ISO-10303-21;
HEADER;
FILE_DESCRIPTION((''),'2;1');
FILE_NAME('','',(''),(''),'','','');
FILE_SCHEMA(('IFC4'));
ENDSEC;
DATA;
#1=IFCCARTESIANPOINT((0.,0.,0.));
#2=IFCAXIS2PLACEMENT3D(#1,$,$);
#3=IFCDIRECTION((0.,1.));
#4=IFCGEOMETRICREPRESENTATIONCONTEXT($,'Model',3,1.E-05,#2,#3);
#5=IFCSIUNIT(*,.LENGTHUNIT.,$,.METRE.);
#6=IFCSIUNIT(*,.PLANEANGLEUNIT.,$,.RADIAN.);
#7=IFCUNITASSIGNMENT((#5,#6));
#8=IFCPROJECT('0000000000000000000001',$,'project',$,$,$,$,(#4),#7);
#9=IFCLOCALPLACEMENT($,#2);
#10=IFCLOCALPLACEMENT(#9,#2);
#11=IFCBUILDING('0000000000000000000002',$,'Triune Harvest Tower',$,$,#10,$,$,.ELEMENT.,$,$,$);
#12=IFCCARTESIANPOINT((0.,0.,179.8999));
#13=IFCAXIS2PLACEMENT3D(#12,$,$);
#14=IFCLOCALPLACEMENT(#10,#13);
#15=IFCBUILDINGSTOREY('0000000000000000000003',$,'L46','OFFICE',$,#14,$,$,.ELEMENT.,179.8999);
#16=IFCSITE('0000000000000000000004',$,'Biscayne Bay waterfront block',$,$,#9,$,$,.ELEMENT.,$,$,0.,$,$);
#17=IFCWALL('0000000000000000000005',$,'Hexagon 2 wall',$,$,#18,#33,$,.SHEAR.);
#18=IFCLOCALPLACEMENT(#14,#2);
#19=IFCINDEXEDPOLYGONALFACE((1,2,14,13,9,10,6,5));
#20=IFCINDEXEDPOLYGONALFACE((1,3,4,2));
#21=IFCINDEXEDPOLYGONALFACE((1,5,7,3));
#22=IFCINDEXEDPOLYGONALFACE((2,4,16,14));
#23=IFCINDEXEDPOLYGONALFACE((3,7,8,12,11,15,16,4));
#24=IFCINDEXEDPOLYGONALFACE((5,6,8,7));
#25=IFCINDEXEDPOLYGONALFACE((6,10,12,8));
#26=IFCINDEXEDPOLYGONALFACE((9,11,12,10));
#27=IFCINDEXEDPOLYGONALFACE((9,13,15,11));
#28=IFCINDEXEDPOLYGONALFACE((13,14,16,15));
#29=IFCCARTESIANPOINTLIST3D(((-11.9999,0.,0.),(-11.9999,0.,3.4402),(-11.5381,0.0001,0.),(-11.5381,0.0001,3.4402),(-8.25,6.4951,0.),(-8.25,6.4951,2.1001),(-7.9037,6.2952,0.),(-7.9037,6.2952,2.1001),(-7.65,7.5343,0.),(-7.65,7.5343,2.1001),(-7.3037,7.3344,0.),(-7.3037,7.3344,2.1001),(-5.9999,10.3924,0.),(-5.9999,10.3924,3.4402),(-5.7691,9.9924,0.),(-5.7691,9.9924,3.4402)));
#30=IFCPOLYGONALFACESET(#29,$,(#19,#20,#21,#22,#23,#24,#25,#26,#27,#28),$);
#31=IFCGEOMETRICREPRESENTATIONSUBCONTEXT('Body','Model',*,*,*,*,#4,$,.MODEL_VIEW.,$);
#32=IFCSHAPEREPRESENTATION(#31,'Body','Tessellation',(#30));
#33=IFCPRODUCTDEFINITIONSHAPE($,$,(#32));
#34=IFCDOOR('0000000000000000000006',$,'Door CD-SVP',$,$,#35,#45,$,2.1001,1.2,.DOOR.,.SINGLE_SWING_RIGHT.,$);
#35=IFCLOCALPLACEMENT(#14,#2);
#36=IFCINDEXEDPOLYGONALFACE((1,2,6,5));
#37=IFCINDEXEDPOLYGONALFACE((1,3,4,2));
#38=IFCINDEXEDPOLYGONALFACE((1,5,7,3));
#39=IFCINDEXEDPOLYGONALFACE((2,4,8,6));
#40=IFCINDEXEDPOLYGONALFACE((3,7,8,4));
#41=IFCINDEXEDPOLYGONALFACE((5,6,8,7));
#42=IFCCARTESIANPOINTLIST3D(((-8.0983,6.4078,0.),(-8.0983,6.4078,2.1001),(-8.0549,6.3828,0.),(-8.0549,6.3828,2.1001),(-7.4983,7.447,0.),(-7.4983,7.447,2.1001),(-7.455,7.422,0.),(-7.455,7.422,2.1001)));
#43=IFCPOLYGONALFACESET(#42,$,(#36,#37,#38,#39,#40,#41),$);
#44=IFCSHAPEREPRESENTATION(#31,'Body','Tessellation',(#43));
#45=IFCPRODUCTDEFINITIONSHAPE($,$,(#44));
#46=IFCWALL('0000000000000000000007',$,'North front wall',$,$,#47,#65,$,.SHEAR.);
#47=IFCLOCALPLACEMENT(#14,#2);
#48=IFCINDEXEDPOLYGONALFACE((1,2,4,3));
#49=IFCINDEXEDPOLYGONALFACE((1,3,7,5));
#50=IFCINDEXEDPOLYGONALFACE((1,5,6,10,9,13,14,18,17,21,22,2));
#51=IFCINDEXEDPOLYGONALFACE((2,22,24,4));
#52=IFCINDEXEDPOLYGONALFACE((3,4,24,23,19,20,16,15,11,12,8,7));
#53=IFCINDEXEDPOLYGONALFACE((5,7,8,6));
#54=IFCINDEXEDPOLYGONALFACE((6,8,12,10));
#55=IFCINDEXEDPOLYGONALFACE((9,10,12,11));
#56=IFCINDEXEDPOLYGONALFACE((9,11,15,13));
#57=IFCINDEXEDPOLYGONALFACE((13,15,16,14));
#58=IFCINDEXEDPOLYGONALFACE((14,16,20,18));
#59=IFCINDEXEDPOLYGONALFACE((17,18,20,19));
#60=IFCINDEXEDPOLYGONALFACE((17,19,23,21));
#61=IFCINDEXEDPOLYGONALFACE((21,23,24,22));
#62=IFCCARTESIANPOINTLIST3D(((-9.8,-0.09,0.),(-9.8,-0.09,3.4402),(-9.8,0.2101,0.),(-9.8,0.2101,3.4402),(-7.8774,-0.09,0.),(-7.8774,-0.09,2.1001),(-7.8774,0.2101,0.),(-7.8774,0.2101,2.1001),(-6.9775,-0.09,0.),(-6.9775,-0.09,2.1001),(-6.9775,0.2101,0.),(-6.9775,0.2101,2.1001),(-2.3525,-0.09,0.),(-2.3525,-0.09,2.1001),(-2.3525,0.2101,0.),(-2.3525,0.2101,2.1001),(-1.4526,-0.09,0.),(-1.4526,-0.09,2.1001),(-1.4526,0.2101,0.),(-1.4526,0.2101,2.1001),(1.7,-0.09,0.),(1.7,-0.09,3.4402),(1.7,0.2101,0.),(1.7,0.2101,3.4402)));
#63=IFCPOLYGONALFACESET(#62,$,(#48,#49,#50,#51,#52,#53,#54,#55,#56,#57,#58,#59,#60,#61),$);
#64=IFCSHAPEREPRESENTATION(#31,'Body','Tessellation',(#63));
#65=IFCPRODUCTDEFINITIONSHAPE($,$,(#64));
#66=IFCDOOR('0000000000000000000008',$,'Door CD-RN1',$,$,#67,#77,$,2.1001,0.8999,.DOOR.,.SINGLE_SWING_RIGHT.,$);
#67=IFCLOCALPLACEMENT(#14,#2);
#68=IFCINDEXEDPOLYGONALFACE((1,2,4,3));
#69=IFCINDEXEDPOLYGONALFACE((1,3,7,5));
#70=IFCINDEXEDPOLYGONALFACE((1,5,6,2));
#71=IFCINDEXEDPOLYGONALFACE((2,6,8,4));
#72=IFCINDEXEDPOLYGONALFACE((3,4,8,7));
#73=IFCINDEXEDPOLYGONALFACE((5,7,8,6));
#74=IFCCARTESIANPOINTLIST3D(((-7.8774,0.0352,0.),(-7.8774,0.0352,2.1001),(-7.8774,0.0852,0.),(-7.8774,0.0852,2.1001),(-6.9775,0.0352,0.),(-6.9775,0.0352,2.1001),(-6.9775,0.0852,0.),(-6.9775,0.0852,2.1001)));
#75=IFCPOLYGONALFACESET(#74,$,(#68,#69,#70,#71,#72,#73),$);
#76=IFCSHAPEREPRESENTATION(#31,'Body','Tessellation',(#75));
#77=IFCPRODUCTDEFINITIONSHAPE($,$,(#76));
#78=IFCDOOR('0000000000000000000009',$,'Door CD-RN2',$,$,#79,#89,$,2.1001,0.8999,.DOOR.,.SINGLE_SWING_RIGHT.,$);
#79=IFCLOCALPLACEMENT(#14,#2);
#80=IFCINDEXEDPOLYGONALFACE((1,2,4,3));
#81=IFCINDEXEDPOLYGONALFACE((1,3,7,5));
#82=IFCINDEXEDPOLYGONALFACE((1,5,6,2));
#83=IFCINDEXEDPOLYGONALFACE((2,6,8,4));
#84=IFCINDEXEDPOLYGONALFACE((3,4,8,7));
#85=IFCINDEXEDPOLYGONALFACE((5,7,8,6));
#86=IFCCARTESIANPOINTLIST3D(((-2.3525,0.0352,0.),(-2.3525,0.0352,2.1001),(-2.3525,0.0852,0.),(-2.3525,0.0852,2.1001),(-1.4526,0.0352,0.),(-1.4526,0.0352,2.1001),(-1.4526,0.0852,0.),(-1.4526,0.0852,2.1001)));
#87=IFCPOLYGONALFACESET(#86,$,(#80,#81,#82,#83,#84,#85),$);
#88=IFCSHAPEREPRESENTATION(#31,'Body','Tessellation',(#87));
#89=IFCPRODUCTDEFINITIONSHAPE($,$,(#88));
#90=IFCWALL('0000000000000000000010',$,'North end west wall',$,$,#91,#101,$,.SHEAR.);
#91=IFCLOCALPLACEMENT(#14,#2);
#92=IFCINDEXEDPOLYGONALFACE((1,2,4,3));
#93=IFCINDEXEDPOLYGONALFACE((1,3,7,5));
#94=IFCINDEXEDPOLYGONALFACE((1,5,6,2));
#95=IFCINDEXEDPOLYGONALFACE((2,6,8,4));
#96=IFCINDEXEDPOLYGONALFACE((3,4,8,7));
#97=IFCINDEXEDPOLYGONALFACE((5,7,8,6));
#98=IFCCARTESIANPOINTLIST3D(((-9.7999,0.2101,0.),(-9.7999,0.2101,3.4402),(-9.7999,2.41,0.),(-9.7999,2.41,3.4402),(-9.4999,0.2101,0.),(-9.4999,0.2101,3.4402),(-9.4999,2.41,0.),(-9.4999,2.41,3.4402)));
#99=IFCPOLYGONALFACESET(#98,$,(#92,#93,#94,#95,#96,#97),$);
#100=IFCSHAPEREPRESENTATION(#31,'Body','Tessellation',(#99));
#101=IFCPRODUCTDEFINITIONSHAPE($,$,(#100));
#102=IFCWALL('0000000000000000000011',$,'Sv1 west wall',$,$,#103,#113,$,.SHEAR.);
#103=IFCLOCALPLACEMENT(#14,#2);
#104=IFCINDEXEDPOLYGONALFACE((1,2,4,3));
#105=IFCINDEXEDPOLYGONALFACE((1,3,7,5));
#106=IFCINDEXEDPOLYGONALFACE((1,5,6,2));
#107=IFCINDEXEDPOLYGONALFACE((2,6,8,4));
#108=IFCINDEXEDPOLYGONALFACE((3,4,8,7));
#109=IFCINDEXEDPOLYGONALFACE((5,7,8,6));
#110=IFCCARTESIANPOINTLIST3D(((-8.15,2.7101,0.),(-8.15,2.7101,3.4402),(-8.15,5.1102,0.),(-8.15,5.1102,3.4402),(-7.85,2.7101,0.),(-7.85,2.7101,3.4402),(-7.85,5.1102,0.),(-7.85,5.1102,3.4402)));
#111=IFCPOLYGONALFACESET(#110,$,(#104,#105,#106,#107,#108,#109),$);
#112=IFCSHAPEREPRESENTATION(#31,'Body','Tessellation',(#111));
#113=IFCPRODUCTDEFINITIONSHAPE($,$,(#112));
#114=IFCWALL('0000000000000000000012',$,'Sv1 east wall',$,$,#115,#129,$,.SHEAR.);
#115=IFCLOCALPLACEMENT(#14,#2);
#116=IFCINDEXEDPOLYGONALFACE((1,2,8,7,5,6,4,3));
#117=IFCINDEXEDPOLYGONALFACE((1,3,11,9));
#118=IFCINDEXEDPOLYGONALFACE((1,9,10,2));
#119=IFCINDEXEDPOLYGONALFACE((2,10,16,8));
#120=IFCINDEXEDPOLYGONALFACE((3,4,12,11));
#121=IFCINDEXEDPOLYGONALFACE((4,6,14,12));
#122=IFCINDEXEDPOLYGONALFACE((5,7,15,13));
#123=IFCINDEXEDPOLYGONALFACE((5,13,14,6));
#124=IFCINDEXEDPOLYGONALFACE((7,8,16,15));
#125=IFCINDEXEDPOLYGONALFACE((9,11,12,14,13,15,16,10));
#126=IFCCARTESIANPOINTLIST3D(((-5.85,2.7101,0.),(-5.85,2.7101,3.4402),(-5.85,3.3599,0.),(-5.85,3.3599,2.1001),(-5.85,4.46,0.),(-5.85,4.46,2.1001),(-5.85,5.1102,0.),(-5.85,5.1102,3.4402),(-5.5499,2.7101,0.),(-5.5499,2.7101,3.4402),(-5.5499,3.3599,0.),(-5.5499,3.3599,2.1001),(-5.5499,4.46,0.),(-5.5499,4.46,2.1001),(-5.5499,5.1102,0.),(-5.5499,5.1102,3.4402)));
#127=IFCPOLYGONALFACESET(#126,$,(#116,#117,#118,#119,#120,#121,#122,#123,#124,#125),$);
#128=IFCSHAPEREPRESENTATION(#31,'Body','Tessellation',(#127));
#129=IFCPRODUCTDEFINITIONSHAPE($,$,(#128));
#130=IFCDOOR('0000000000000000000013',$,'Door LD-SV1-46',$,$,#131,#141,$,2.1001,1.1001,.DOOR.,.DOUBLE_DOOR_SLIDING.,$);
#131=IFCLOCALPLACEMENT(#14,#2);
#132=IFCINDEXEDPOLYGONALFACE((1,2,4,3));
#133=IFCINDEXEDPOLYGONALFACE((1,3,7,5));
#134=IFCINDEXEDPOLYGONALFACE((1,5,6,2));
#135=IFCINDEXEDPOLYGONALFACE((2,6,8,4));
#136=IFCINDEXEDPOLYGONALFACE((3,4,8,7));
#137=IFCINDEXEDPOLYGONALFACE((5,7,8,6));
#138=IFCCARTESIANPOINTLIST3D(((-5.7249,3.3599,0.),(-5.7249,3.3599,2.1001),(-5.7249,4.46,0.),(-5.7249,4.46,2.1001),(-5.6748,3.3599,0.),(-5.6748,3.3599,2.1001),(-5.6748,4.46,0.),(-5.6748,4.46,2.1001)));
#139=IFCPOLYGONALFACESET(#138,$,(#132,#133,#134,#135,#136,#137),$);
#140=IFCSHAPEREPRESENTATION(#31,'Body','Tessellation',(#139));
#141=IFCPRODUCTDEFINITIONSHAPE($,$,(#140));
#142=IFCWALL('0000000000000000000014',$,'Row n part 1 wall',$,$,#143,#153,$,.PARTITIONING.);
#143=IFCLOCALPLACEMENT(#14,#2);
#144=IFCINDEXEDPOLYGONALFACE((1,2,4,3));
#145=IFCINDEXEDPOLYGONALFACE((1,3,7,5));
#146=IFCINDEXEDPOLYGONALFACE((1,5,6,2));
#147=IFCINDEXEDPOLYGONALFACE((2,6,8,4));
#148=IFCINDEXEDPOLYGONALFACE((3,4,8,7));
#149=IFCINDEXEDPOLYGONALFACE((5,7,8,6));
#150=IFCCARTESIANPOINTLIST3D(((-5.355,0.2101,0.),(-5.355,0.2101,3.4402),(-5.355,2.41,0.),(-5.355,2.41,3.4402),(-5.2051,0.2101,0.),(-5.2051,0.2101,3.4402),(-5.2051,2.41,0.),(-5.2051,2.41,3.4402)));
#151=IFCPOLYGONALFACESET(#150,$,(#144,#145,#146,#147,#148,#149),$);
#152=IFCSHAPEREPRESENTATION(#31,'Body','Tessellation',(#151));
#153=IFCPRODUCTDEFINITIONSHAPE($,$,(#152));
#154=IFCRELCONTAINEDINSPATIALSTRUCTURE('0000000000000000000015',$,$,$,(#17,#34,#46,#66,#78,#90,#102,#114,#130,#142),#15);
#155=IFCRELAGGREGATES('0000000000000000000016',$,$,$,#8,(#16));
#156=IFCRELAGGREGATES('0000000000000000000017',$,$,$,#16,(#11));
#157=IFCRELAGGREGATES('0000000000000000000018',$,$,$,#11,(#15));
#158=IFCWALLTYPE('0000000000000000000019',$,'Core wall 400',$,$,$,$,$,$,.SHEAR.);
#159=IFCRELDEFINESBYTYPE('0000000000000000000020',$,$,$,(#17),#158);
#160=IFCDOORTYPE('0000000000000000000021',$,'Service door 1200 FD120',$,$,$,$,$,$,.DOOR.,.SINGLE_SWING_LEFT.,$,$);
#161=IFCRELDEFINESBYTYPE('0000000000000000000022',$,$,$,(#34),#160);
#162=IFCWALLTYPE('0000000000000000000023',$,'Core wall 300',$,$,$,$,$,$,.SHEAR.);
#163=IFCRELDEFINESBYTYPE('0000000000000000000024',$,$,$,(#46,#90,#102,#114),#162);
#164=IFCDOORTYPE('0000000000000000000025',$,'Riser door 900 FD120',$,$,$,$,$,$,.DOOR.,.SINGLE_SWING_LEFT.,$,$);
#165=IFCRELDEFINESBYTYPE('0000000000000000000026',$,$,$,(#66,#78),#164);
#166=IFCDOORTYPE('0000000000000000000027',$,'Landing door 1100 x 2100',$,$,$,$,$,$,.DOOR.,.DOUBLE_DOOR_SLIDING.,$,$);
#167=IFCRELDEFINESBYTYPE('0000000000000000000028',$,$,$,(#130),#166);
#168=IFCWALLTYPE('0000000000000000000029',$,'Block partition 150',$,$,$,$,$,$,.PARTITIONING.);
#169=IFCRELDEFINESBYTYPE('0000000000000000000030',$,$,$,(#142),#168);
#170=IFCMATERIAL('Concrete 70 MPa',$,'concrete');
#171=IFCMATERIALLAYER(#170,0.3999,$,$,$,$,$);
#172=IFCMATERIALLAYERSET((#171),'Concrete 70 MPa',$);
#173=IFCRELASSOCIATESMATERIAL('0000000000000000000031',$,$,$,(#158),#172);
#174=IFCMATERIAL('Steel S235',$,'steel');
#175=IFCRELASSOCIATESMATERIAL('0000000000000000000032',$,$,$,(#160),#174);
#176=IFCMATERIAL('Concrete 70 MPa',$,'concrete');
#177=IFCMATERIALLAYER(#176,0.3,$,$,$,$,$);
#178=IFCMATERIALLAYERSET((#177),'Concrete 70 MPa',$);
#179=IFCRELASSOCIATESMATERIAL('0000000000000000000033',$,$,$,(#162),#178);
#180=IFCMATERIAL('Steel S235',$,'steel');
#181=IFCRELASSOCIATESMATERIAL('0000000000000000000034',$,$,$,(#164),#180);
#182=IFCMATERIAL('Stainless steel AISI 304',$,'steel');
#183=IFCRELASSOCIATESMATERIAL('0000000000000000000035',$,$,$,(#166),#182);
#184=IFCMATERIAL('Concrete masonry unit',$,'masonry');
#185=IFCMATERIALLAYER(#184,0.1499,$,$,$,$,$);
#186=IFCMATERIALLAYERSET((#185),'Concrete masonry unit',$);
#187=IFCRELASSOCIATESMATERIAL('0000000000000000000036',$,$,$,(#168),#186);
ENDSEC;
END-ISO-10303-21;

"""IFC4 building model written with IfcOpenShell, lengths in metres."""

from ifc_helpers import new_model, si_unit, direction, frame, frame_2d, origin, place, context, subcontext, project, spatial, polyline, rectangle, outline, extrude, source, transform, mapped, material, layer, layer_set, type_object, element, fill, save


model = new_model("IFC4")

# Units and contexts
model_context = context("Model", 3, precision=1e-05, world=origin(), true_north=direction((0.0, 1.0)))
body_context = subcontext(model_context, "Body", "Model", "MODEL_VIEW")
ifc_project = project(units=[si_unit("LENGTHUNIT", "METRE"), si_unit("PLANEANGLEUNIT", "RADIAN")], contexts=[model_context])

# Site, building, storey
site_placement = place(None, origin())
site = spatial("IfcSite", under=ifc_project, at=site_placement, Name="Biscayne Bay waterfront block", CompositionType="ELEMENT", RefElevation=0.0)
building_placement = place(site_placement, origin())
building = spatial("IfcBuilding", under=site, at=building_placement, Name="Triune Harvest Tower", CompositionType="ELEMENT")
storey_placement = place(building_placement, frame((0.0, 0.0, 179.8999)))
storey = spatial("IfcBuildingStorey", under=building, at=storey_placement, Name="L46", Description="OFFICE", CompositionType="ELEMENT", Elevation=179.8999)

# Wall, opening, door
ifc_material_1 = material(Name="Concrete 70 MPa", Category="concrete")
ifc_layer_1 = layer(ifc_material_1, 0.3999)
ifc_layer_set_1 = layer_set([ifc_layer_1], Name="Concrete 70 MPa")
wall_type_1 = type_object("IfcWallType", Name="Core wall 400", PredefinedType="SHEAR", material=ifc_layer_set_1)
shared_shape_1 = source(origin(), body_context, "Body", "SweptSolid", [
    extrude(outline(polyline([(-0.1155, -0.2), (11.8845, -0.2), (11.6536, 0.2), (0.1155, 0.2), (-0.1155, -0.2)])), origin(), (0.0, 0.0, 1.0), 3.4402),
])
wall_1_placement = place(storey_placement, frame((-5.8845, 10.1924, 0.0), z_axis=(0.0, 0.0, 1.0), x_axis=(-0.499997, -0.866027, 0.0)))
wall_1 = element("IfcWall", 1, at=wall_1_placement, inside=storey, type_object=wall_type_1, Name="Hexagon 2 wall", PredefinedType="SHEAR", context=body_context, shape_type="MappedRepresentation", body=[
    mapped(shared_shape_1, transform((0.0, 0.0, 0.0), scale=1.0)),
])
opening_1_placement = place(wall_1_placement, frame((3.1846, 0.0, 0.0)))
opening_1 = element("IfcOpeningElement", 2, at=opening_1_placement, cuts=wall_1, PredefinedType="OPENING", context=body_context, shape_type="SweptSolid", body=[
    extrude(rectangle(XDim=1.2, YDim=2.1001, at=frame_2d((0.6001, 1.05))), frame((0.0, 0.21, 0.0), z_axis=(0.0, -1.0, 0.0), x_axis=(1.0, 0.0, 0.0)), (0.0, 0.0, 1.0), 0.4199),
])
ifc_material_2 = material(Name="Steel S235", Category="steel")
door_type_1 = type_object("IfcDoorType", Name="Service door 1200 FD120", OperationType="SINGLE_SWING_LEFT", PredefinedType="DOOR", material=ifc_material_2)
door_1_placement = place(opening_1_placement, frame((1.2, 0.0, 0.0), z_axis=(0.0, 0.0, 1.0), x_axis=(-1.0, 0.0, 0.0)))
door_1 = element("IfcDoor", 3, at=door_1_placement, inside=storey, type_object=door_type_1, Name="Door CD-SVP", OperationType="SINGLE_SWING_RIGHT", OverallHeight=2.1001, OverallWidth=1.2, PredefinedType="DOOR", context=body_context, shape_type="SweptSolid", body=[
    extrude(rectangle(XDim=1.2, YDim=2.1001, at=frame_2d((0.6001, 1.05))), frame((0.0, 0.0249, 0.0), z_axis=(0.0, -1.0, 0.0), x_axis=(1.0, 0.0, 0.0)), (0.0, 0.0, 1.0), 0.05),
])
fill(opening_1, door_1)

# Wall, openings, doors
ifc_material_3 = material(Name="Concrete 70 MPa", Category="concrete")
ifc_layer_2 = layer(ifc_material_3, 0.3)
ifc_layer_set_2 = layer_set([ifc_layer_2], Name="Concrete 70 MPa")
wall_type_2 = type_object("IfcWallType", Name="Core wall 300", PredefinedType="SHEAR", material=ifc_layer_set_2)
shared_shape_2 = source(origin(), body_context, "Body", "SweptSolid", [
    extrude(rectangle(XDim=11.5, YDim=0.3, at=frame_2d((5.75, 0.0))), origin(), (0.0, 0.0, 1.0), 3.4402),
])
wall_2_placement = place(storey_placement, frame((-9.8, 0.0601, 0.0), z_axis=(0.0, 0.0, 1.0), x_axis=(1.0, 0.0, 0.0)))
wall_2 = element("IfcWall", 4, at=wall_2_placement, inside=storey, type_object=wall_type_2, Name="North front wall", PredefinedType="SHEAR", context=body_context, shape_type="MappedRepresentation", body=[
    mapped(shared_shape_2, transform((0.0, 0.0, 0.0), scale=1.0)),
])
opening_2_placement = place(wall_2_placement, frame((1.9226, 0.0, 0.0)))
opening_2 = element("IfcOpeningElement", 5, at=opening_2_placement, cuts=wall_2, PredefinedType="OPENING", context=body_context, shape_type="SweptSolid", body=[
    extrude(rectangle(XDim=0.8999, YDim=2.1001, at=frame_2d((0.45, 1.05))), frame((0.0, 0.1602, 0.0), z_axis=(0.0, -1.0, 0.0), x_axis=(1.0, 0.0, 0.0)), (0.0, 0.0, 1.0), 0.3201),
])
opening_3_placement = place(wall_2_placement, frame((7.4475, 0.0, 0.0)))
opening_3 = element("IfcOpeningElement", 6, at=opening_3_placement, cuts=wall_2, PredefinedType="OPENING", context=body_context, shape_type="SweptSolid", body=[
    extrude(rectangle(XDim=0.8999, YDim=2.1001, at=frame_2d((0.45, 1.05))), frame((0.0, 0.1602, 0.0), z_axis=(0.0, -1.0, 0.0), x_axis=(1.0, 0.0, 0.0)), (0.0, 0.0, 1.0), 0.3201),
])
ifc_material_4 = material(Name="Steel S235", Category="steel")
door_type_2 = type_object("IfcDoorType", Name="Riser door 900 FD120", OperationType="SINGLE_SWING_LEFT", PredefinedType="DOOR", material=ifc_material_4)
door_2_placement = place(opening_2_placement, frame((0.8999, 0.0, 0.0), z_axis=(0.0, 0.0, 1.0), x_axis=(-1.0, 0.0, 0.0)))
door_2 = element("IfcDoor", 7, at=door_2_placement, inside=storey, type_object=door_type_2, Name="Door CD-RN1", OperationType="SINGLE_SWING_RIGHT", OverallHeight=2.1001, OverallWidth=0.8999, PredefinedType="DOOR", context=body_context, shape_type="SweptSolid", body=[
    extrude(rectangle(XDim=0.8999, YDim=2.1001, at=frame_2d((0.45, 1.05))), frame((0.0, 0.0249, 0.0), z_axis=(0.0, -1.0, 0.0), x_axis=(1.0, 0.0, 0.0)), (0.0, 0.0, 1.0), 0.05),
])
fill(opening_2, door_2)
door_3_placement = place(opening_3_placement, frame((0.8999, 0.0, 0.0), z_axis=(0.0, 0.0, 1.0), x_axis=(-1.0, 0.0, 0.0)))
door_3 = element("IfcDoor", 8, at=door_3_placement, inside=storey, type_object=door_type_2, Name="Door CD-RN2", OperationType="SINGLE_SWING_RIGHT", OverallHeight=2.1001, OverallWidth=0.8999, PredefinedType="DOOR", context=body_context, shape_type="SweptSolid", body=[
    extrude(rectangle(XDim=0.8999, YDim=2.1001, at=frame_2d((0.45, 1.05))), frame((0.0, 0.0249, 0.0), z_axis=(0.0, -1.0, 0.0), x_axis=(1.0, 0.0, 0.0)), (0.0, 0.0, 1.0), 0.05),
])
fill(opening_3, door_3)

# Walls
shared_shape_3 = source(origin(), body_context, "Body", "SweptSolid", [
    extrude(rectangle(XDim=2.2, YDim=0.3, at=frame_2d((1.1001, 0.0))), origin(), (0.0, 0.0, 1.0), 3.4402),
])
wall_3_placement = place(storey_placement, frame((-9.6499, 0.21, 0.0), z_axis=(0.0, 0.0, 1.0), x_axis=(0.0, 1.0, 0.0)))
element("IfcWall", 9, at=wall_3_placement, inside=storey, type_object=wall_type_2, Name="North end west wall", PredefinedType="SHEAR", context=body_context, shape_type="MappedRepresentation", body=[
    mapped(shared_shape_3, transform((0.0, 0.0, 0.0), scale=1.0)),
])
shared_shape_4 = source(origin(), body_context, "Body", "SweptSolid", [
    extrude(rectangle(XDim=2.4001, YDim=0.3, at=frame_2d((1.2002, 0.0))), origin(), (0.0, 0.0, 1.0), 3.4402),
])
wall_4_placement = place(storey_placement, frame((-8.0, 2.71, 0.0), z_axis=(0.0, 0.0, 1.0), x_axis=(0.0, 1.0, 0.0)))
element("IfcWall", 10, at=wall_4_placement, inside=storey, type_object=wall_type_2, Name="Sv1 west wall", PredefinedType="SHEAR", context=body_context, shape_type="MappedRepresentation", body=[
    mapped(shared_shape_4, transform((0.0, 0.0, 0.0), scale=1.0)),
])

# Wall, opening, door
wall_5_placement = place(storey_placement, frame((-5.7, 2.71, 0.0), z_axis=(0.0, 0.0, 1.0), x_axis=(0.0, 1.0, 0.0)))
wall_5 = element("IfcWall", 11, at=wall_5_placement, inside=storey, type_object=wall_type_2, Name="Sv1 east wall", PredefinedType="SHEAR", context=body_context, shape_type="MappedRepresentation", body=[
    mapped(shared_shape_4, transform((0.0, 0.0, 0.0), scale=1.0)),
])
opening_4_placement = place(wall_5_placement, frame((0.6499, 0.0, 0.0)))
opening_4 = element("IfcOpeningElement", 12, at=opening_4_placement, cuts=wall_5, PredefinedType="OPENING", context=body_context, shape_type="SweptSolid", body=[
    extrude(rectangle(XDim=1.1001, YDim=2.1001, at=frame_2d((0.55, 1.05))), frame((0.0, 0.1602, 0.0), z_axis=(0.0, -1.0, 0.0), x_axis=(1.0, 0.0, 0.0)), (0.0, 0.0, 1.0), 0.3201),
])
ifc_material_5 = material(Name="Stainless steel AISI 304", Category="steel")
door_type_3 = type_object("IfcDoorType", Name="Landing door 1100 x 2100", OperationType="DOUBLE_DOOR_SLIDING", PredefinedType="DOOR", material=ifc_material_5)
door_4_placement = place(opening_4_placement, origin())
door_4 = element("IfcDoor", 13, at=door_4_placement, inside=storey, type_object=door_type_3, Name="Door LD-SV1-46", OperationType="DOUBLE_DOOR_SLIDING", OverallHeight=2.1001, OverallWidth=1.1001, PredefinedType="DOOR", context=body_context, shape_type="SweptSolid", body=[
    extrude(rectangle(XDim=1.1001, YDim=2.1001, at=frame_2d((0.55, 1.05))), frame((0.0, 0.0249, 0.0), z_axis=(0.0, -1.0, 0.0), x_axis=(1.0, 0.0, 0.0)), (0.0, 0.0, 1.0), 0.05),
])
fill(opening_4, door_4)

# Wall
ifc_material_6 = material(Name="Concrete masonry unit", Category="masonry")
ifc_layer_3 = layer(ifc_material_6, 0.1499)
ifc_layer_set_3 = layer_set([ifc_layer_3], Name="Concrete masonry unit")
wall_type_3 = type_object("IfcWallType", Name="Block partition 150", PredefinedType="PARTITIONING", material=ifc_layer_set_3)
shared_shape_5 = source(origin(), body_context, "Body", "SweptSolid", [
    extrude(rectangle(XDim=2.2, YDim=0.1499, at=frame_2d((1.1001, 0.0))), origin(), (0.0, 0.0, 1.0), 3.4402),
])
wall_6_placement = place(storey_placement, frame((-5.28, 0.21, 0.0), z_axis=(0.0, 0.0, 1.0), x_axis=(0.0, 1.0, 0.0)))
element("IfcWall", 14, at=wall_6_placement, inside=storey, type_object=wall_type_3, Name="Row n part 1 wall", PredefinedType="PARTITIONING", context=body_context, shape_type="MappedRepresentation", body=[
    mapped(shared_shape_5, transform((0.0, 0.0, 0.0), scale=1.0)),
])

save(model, "model.ifc")
